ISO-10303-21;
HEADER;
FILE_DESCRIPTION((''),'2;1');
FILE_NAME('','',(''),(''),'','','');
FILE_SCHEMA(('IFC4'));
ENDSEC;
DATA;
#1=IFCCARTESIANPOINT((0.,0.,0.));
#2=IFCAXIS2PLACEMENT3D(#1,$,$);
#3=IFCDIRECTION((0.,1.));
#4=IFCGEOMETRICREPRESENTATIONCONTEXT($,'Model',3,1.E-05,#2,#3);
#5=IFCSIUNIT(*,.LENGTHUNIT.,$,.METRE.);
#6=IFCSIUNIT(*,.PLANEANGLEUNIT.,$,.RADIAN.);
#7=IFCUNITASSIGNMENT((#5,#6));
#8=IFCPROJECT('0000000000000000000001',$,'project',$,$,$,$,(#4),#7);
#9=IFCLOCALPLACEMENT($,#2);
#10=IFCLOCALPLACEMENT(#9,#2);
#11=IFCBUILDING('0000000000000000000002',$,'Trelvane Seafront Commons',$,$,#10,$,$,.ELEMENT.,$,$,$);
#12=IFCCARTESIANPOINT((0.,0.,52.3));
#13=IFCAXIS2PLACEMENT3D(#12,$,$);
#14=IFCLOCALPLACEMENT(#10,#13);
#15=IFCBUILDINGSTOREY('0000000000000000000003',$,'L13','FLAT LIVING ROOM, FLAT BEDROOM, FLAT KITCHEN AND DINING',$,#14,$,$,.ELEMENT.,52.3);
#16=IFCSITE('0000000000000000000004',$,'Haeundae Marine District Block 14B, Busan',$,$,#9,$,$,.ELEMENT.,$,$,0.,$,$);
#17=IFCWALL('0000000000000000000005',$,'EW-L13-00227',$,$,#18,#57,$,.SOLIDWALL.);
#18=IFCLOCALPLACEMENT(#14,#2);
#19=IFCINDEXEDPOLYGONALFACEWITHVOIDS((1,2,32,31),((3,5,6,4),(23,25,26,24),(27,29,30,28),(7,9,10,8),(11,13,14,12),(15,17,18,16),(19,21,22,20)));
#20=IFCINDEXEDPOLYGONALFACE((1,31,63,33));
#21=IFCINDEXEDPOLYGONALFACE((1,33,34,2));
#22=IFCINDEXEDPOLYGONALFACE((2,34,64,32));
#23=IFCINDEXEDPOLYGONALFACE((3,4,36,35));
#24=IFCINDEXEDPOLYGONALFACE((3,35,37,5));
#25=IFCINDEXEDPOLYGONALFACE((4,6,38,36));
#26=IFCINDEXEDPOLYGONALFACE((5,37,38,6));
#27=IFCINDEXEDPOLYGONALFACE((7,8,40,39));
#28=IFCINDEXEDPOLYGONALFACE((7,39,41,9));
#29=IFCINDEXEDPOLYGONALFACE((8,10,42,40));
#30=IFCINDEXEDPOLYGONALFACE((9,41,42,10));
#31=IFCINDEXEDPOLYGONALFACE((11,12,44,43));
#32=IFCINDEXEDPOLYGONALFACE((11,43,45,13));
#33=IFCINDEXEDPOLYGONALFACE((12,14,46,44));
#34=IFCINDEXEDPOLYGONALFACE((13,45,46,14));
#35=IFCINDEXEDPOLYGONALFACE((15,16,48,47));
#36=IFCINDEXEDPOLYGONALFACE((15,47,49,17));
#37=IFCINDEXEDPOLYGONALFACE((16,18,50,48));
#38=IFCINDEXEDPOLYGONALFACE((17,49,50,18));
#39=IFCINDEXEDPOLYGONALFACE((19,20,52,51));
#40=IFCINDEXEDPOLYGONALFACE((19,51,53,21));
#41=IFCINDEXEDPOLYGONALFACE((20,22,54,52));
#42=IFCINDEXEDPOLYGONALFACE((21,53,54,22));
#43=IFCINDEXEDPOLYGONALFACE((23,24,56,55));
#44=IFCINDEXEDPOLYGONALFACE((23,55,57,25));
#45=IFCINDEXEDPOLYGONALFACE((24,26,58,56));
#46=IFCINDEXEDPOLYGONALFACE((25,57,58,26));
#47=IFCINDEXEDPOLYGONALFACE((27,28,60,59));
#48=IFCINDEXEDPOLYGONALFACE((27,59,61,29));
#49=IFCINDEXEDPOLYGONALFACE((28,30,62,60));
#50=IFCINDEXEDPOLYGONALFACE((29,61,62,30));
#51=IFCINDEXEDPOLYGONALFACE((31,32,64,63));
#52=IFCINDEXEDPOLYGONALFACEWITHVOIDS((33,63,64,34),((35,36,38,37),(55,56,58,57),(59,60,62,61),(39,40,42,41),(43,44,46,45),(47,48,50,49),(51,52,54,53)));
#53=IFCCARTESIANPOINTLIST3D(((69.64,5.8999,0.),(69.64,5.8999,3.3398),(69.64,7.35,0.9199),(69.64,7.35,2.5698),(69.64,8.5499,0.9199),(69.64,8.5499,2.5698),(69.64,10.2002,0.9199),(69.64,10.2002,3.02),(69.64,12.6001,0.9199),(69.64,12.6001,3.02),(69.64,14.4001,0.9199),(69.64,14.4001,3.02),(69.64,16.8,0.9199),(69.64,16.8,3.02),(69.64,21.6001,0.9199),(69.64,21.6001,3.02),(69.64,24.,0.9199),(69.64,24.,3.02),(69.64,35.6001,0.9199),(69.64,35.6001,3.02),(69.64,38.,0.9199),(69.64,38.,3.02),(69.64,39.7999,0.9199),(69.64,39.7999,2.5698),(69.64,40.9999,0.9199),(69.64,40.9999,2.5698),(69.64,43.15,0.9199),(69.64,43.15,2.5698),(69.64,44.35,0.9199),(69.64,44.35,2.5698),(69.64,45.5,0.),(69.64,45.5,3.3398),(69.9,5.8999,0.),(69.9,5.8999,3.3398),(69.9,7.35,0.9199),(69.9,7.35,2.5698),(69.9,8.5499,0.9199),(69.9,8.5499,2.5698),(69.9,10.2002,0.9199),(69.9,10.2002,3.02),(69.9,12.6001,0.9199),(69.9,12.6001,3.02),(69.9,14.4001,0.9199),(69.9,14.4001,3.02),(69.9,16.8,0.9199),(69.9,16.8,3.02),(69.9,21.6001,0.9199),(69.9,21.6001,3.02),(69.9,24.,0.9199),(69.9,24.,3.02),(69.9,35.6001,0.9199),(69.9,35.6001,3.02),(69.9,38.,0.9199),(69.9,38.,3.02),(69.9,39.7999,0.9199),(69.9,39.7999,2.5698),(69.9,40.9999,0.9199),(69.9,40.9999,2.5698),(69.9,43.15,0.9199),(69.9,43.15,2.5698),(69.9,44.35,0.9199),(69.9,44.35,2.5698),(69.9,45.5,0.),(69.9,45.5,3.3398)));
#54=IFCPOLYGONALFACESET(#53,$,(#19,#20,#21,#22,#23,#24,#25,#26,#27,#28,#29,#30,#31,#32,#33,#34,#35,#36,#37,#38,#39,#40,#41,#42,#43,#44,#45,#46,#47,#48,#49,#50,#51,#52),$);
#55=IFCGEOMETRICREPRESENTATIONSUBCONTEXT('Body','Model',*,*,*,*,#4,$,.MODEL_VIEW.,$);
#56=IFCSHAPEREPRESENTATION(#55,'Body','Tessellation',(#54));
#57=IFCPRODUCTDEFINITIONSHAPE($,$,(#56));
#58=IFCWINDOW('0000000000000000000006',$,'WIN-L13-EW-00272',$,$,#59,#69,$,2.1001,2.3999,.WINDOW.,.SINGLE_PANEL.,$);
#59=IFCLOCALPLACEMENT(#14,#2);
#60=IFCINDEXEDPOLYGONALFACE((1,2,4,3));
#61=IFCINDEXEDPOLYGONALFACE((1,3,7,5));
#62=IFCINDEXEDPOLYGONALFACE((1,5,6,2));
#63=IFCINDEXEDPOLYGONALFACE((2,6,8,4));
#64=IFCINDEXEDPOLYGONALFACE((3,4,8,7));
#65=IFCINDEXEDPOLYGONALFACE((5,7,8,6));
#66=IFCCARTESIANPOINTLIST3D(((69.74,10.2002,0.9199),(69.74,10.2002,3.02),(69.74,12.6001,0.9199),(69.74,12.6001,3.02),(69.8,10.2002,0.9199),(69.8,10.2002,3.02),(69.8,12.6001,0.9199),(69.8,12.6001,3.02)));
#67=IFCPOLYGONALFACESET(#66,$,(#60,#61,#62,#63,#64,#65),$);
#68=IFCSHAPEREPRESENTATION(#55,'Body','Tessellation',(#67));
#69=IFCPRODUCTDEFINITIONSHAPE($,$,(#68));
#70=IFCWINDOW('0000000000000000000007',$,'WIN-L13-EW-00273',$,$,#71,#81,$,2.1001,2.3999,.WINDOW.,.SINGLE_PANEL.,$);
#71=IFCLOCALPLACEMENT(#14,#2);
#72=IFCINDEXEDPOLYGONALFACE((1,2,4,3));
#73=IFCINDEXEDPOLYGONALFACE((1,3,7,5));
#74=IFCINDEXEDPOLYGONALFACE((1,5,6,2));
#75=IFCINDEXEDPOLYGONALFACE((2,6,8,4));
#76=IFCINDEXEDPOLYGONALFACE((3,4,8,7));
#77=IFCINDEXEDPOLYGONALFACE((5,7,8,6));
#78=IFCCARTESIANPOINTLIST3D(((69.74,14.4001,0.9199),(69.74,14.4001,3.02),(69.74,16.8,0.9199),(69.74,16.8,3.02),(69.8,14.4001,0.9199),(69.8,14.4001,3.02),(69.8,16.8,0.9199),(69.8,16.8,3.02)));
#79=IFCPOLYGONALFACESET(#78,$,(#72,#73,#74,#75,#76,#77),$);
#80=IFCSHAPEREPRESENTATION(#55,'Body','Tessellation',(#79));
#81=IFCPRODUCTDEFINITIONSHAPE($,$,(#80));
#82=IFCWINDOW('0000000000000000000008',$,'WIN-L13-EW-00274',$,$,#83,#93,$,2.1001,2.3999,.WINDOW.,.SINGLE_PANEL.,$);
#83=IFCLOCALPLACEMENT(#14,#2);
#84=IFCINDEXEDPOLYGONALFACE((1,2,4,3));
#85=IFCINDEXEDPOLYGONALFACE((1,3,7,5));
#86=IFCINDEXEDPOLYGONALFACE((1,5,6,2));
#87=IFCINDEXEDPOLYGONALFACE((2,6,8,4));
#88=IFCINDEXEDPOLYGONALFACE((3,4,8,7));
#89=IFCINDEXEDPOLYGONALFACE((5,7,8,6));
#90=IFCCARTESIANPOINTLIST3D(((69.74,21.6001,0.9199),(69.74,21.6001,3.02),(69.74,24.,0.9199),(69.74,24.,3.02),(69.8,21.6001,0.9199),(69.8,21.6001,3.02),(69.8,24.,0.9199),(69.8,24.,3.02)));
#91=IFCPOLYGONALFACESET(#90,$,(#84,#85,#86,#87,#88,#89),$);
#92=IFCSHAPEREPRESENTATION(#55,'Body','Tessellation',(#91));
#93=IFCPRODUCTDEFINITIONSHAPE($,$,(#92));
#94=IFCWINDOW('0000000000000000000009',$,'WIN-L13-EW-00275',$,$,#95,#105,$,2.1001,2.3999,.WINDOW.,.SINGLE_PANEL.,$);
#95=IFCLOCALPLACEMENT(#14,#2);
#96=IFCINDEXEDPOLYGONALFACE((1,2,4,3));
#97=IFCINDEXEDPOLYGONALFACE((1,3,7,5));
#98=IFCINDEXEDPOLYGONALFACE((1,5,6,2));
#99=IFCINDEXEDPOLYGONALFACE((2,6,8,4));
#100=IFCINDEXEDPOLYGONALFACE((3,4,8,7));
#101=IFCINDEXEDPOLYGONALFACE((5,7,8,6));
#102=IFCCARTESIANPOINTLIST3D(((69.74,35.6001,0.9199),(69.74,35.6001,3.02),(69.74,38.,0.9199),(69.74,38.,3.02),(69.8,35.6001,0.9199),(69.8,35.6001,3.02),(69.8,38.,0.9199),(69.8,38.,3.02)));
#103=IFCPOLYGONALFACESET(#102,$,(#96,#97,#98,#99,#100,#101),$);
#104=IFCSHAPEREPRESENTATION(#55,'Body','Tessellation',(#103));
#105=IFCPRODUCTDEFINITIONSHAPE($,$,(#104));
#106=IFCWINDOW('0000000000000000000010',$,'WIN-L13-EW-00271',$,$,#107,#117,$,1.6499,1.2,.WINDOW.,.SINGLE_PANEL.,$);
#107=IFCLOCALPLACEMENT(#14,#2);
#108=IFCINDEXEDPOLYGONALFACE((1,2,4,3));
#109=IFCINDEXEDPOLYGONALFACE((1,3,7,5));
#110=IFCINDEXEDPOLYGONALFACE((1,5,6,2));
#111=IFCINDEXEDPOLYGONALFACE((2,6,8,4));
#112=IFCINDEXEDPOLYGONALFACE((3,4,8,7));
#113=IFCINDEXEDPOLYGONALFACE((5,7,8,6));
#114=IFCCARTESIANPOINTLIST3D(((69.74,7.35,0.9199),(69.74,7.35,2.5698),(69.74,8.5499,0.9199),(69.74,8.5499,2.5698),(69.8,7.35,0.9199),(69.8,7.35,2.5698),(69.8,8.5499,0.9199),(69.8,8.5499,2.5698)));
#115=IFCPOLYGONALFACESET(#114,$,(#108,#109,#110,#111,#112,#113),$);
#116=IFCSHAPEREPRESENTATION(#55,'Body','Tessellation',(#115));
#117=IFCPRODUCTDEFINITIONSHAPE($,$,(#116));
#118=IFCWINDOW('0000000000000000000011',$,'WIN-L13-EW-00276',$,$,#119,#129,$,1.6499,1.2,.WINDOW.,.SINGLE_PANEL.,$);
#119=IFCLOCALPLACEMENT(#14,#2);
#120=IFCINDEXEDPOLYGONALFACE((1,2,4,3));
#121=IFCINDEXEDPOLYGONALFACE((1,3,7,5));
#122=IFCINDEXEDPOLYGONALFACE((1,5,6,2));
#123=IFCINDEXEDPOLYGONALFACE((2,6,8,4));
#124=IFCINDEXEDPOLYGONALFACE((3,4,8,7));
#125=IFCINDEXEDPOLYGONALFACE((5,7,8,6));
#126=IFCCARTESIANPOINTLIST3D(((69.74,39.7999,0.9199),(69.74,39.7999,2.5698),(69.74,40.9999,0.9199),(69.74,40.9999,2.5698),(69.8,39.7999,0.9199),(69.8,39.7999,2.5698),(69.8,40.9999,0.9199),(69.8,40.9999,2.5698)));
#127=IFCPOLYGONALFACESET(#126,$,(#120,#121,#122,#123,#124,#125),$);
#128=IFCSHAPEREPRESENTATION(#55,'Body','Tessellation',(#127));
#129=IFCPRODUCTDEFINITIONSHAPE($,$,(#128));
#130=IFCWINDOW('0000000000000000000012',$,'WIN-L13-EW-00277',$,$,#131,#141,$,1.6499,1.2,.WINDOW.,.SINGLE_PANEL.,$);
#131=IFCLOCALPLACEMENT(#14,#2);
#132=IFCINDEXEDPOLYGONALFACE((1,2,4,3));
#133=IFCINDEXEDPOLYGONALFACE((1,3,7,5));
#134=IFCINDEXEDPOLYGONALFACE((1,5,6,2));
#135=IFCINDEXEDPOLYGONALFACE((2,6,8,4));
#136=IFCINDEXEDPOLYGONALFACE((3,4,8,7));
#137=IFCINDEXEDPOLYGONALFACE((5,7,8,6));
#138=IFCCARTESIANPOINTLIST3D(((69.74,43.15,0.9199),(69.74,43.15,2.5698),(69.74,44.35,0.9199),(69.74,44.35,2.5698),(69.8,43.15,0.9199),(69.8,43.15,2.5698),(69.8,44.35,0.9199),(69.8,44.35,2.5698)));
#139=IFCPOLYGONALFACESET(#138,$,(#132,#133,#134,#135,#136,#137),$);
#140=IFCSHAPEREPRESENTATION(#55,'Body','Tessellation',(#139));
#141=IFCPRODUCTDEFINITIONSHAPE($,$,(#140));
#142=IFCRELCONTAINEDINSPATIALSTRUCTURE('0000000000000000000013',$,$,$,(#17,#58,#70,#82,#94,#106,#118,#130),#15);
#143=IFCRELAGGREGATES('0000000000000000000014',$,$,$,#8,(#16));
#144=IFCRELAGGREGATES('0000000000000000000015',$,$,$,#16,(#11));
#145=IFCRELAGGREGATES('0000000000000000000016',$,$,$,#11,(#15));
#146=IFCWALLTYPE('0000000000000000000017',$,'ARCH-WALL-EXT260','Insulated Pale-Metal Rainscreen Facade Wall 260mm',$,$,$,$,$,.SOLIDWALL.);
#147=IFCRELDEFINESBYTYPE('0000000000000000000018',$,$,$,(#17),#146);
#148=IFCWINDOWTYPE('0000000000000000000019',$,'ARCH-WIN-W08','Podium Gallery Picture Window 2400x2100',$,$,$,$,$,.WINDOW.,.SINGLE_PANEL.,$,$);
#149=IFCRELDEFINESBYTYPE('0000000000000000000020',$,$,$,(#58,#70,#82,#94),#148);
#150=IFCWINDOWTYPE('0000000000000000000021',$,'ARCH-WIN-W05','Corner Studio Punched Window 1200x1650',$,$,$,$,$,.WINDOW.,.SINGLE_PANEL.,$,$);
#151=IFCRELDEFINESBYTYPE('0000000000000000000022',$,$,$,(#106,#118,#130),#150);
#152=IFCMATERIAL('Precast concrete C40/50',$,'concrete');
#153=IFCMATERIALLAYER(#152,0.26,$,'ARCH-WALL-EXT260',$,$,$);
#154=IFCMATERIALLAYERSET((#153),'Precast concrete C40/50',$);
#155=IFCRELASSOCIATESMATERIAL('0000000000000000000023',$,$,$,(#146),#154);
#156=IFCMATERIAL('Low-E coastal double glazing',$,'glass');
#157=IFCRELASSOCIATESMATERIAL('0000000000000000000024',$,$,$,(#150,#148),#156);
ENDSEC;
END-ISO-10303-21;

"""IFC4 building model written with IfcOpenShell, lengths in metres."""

from ifc_helpers import new_model, si_unit, direction, frame, frame_2d, origin, place, context, subcontext, project, spatial, rectangle, extrude, source, transform, mapped, material, layer, layer_set, type_object, element, fill, save


model = new_model("IFC4")

# Units and contexts
model_context = context("Model", 3, precision=1e-05, world=origin(), true_north=direction((0.0, 1.0)))
body_context = subcontext(model_context, "Body", "Model", "MODEL_VIEW")
ifc_project = project(units=[si_unit("LENGTHUNIT", "METRE"), si_unit("PLANEANGLEUNIT", "RADIAN")], contexts=[model_context])

# Site, building, storey
site_placement = place(None, origin())
site = spatial("IfcSite", under=ifc_project, at=site_placement, Name="Haeundae Marine District Block 14B, Busan", CompositionType="ELEMENT", RefElevation=0.0)
building_placement = place(site_placement, origin())
building = spatial("IfcBuilding", under=site, at=building_placement, Name="Trelvane Seafront Commons", CompositionType="ELEMENT")
storey_placement = place(building_placement, frame((0.0, 0.0, 52.3)))
storey = spatial("IfcBuildingStorey", under=building, at=storey_placement, Name="L13", Description="FLAT LIVING ROOM, FLAT BEDROOM, FLAT KITCHEN AND DINING", CompositionType="ELEMENT", Elevation=52.3)

# Shared definitions
ifc_material_1 = material(Name="Low-E coastal double glazing", Category="glass")

# Shared definitions
ifc_material_2 = material(Name="Precast concrete C40/50", Category="concrete")
ifc_layer_1 = layer(ifc_material_2, 0.26, Name="ARCH-WALL-EXT260")
ifc_layer_set_1 = layer_set([ifc_layer_1], Name="Precast concrete C40/50")
wall_type = type_object("IfcWallType", Name="ARCH-WALL-EXT260", Description="Insulated Pale-Metal Rainscreen Facade Wall 260mm", PredefinedType="SOLIDWALL", material=ifc_layer_set_1)
window_type_1 = type_object("IfcWindowType", Name="ARCH-WIN-W05", Description="Corner Studio Punched Window 1200x1650", PartitioningType="SINGLE_PANEL", PredefinedType="WINDOW", material=ifc_material_1)
shared_shape_1 = source(origin(), body_context, "Body", "SweptSolid", [
    extrude(rectangle(XDim=1.2, YDim=1.6499, at=frame_2d((0.6001, 0.825))), frame((0.0, 0.03, 0.0), z_axis=(0.0, -1.0, 0.0), x_axis=(1.0, 0.0, 0.0)), (0.0, 0.0, 1.0), 0.0601),
])

# Wall, openings, windows
wall_1_placement = place(storey_placement, frame((69.77, 45.5, 0.0), z_axis=(0.0, 0.0, 1.0), x_axis=(0.0, -1.0, 0.0)))
wall_1 = element("IfcWall", 1, at=wall_1_placement, inside=storey, type_object=wall_type, Name="EW-L13-00227", PredefinedType="SOLIDWALL", context=body_context, shape_type="SweptSolid", body=[
    extrude(rectangle(XDim=39.6001, YDim=0.26, at=frame_2d((19.8, 0.0))), origin(), (0.0, 0.0, 1.0), 3.3398),
])
opening_1_placement = place(wall_1_placement, frame((36.95, 0.0, 0.9199)))
opening_1 = element("IfcOpeningElement", 2, at=opening_1_placement, cuts=wall_1, PredefinedType="OPENING", context=body_context, shape_type="SweptSolid", body=[
    extrude(rectangle(XDim=1.2, YDim=1.6499, at=frame_2d((0.6001, 0.825))), frame((0.0, 0.1399, 0.0), z_axis=(0.0, -1.0, 0.0), x_axis=(1.0, 0.0, 0.0)), (0.0, 0.0, 1.0), 0.28),
])
opening_2_placement = place(wall_1_placement, frame((32.8999, 0.0, 0.9199)))
opening_2 = element("IfcOpeningElement", 3, at=opening_2_placement, cuts=wall_1, PredefinedType="OPENING", context=body_context, shape_type="SweptSolid", body=[
    extrude(rectangle(XDim=2.3999, YDim=2.1001, at=frame_2d((1.2, 1.05))), frame((0.0, 0.1399, 0.0), z_axis=(0.0, -1.0, 0.0), x_axis=(1.0, 0.0, 0.0)), (0.0, 0.0, 1.0), 0.28),
])
opening_3_placement = place(wall_1_placement, frame((28.7, 0.0, 0.9199)))
opening_3 = element("IfcOpeningElement", 4, at=opening_3_placement, cuts=wall_1, PredefinedType="OPENING", context=body_context, shape_type="SweptSolid", body=[
    extrude(rectangle(XDim=2.3999, YDim=2.1001, at=frame_2d((1.2, 1.05))), frame((0.0, 0.1399, 0.0), z_axis=(0.0, -1.0, 0.0), x_axis=(1.0, 0.0, 0.0)), (0.0, 0.0, 1.0), 0.28),
])
opening_4_placement = place(wall_1_placement, frame((21.5, 0.0, 0.9199)))
opening_4 = element("IfcOpeningElement", 5, at=opening_4_placement, cuts=wall_1, PredefinedType="OPENING", context=body_context, shape_type="SweptSolid", body=[
    extrude(rectangle(XDim=2.3999, YDim=2.1001, at=frame_2d((1.2, 1.05))), frame((0.0, 0.1399, 0.0), z_axis=(0.0, -1.0, 0.0), x_axis=(1.0, 0.0, 0.0)), (0.0, 0.0, 1.0), 0.28),
])
opening_5_placement = place(wall_1_placement, frame((7.5, 0.0, 0.9199)))
opening_5 = element("IfcOpeningElement", 6, at=opening_5_placement, cuts=wall_1, PredefinedType="OPENING", context=body_context, shape_type="SweptSolid", body=[
    extrude(rectangle(XDim=2.3999, YDim=2.1001, at=frame_2d((1.2, 1.05))), frame((0.0, 0.1399, 0.0), z_axis=(0.0, -1.0, 0.0), x_axis=(1.0, 0.0, 0.0)), (0.0, 0.0, 1.0), 0.28),
])
opening_6_placement = place(wall_1_placement, frame((4.5, 0.0, 0.9199)))
opening_6 = element("IfcOpeningElement", 7, at=opening_6_placement, cuts=wall_1, PredefinedType="OPENING", context=body_context, shape_type="SweptSolid", body=[
    extrude(rectangle(XDim=1.2, YDim=1.6499, at=frame_2d((0.6001, 0.825))), frame((0.0, 0.1399, 0.0), z_axis=(0.0, -1.0, 0.0), x_axis=(1.0, 0.0, 0.0)), (0.0, 0.0, 1.0), 0.28),
])
opening_7_placement = place(wall_1_placement, frame((1.1499, 0.0, 0.9199)))
opening_7 = element("IfcOpeningElement", 8, at=opening_7_placement, cuts=wall_1, PredefinedType="OPENING", context=body_context, shape_type="SweptSolid", body=[
    extrude(rectangle(XDim=1.2, YDim=1.6499, at=frame_2d((0.6001, 0.825))), frame((0.0, 0.1399, 0.0), z_axis=(0.0, -1.0, 0.0), x_axis=(1.0, 0.0, 0.0)), (0.0, 0.0, 1.0), 0.28),
])
window_type_2 = type_object("IfcWindowType", Name="ARCH-WIN-W08", Description="Podium Gallery Picture Window 2400x2100", PartitioningType="SINGLE_PANEL", PredefinedType="WINDOW", material=ifc_material_1)
shared_shape_2 = source(origin(), body_context, "Body", "SweptSolid", [
    extrude(rectangle(XDim=2.3999, YDim=2.1001, at=frame_2d((1.2, 1.05))), frame((0.0, 0.03, 0.0), z_axis=(0.0, -1.0, 0.0), x_axis=(1.0, 0.0, 0.0)), (0.0, 0.0, 1.0), 0.0601),
])
window_1_placement = place(opening_2_placement, origin())
window_1 = element("IfcWindow", 9, at=window_1_placement, inside=storey, type_object=window_type_2, Name="WIN-L13-EW-00272", OverallHeight=2.1001, OverallWidth=2.3999, PartitioningType="SINGLE_PANEL", PredefinedType="WINDOW", context=body_context, shape_type="MappedRepresentation", body=[
    mapped(shared_shape_2, transform((0.0, 0.0, 0.0), x_axis=(1.0, 0.0, 0.0), y_axis=(0.0, 1.0, 0.0), z_axis=(0.0, 0.0, 1.0), scale=1.0)),
])
fill(opening_2, window_1)
window_2_placement = place(opening_3_placement, origin())
window_2 = element("IfcWindow", 10, at=window_2_placement, inside=storey, type_object=window_type_2, Name="WIN-L13-EW-00273", OverallHeight=2.1001, OverallWidth=2.3999, PartitioningType="SINGLE_PANEL", PredefinedType="WINDOW", context=body_context, shape_type="MappedRepresentation", body=[
    mapped(shared_shape_2, transform((0.0, 0.0, 0.0), x_axis=(1.0, 0.0, 0.0), y_axis=(0.0, 1.0, 0.0), z_axis=(0.0, 0.0, 1.0), scale=1.0)),
])
fill(opening_3, window_2)
window_3_placement = place(opening_4_placement, origin())
window_3 = element("IfcWindow", 11, at=window_3_placement, inside=storey, type_object=window_type_2, Name="WIN-L13-EW-00274", OverallHeight=2.1001, OverallWidth=2.3999, PartitioningType="SINGLE_PANEL", PredefinedType="WINDOW", context=body_context, shape_type="MappedRepresentation", body=[
    mapped(shared_shape_2, transform((0.0, 0.0, 0.0), x_axis=(1.0, 0.0, 0.0), y_axis=(0.0, 1.0, 0.0), z_axis=(0.0, 0.0, 1.0), scale=1.0)),
])
fill(opening_4, window_3)
window_4_placement = place(opening_5_placement, origin())
window_4 = element("IfcWindow", 12, at=window_4_placement, inside=storey, type_object=window_type_2, Name="WIN-L13-EW-00275", OverallHeight=2.1001, OverallWidth=2.3999, PartitioningType="SINGLE_PANEL", PredefinedType="WINDOW", context=body_context, shape_type="MappedRepresentation", body=[
    mapped(shared_shape_2, transform((0.0, 0.0, 0.0), x_axis=(1.0, 0.0, 0.0), y_axis=(0.0, 1.0, 0.0), z_axis=(0.0, 0.0, 1.0), scale=1.0)),
])
fill(opening_5, window_4)
window_5_placement = place(opening_1_placement, origin())
window_5 = element("IfcWindow", 13, at=window_5_placement, inside=storey, type_object=window_type_1, Name="WIN-L13-EW-00271", OverallHeight=1.6499, OverallWidth=1.2, PartitioningType="SINGLE_PANEL", PredefinedType="WINDOW", context=body_context, shape_type="MappedRepresentation", body=[
    mapped(shared_shape_1, transform((0.0, 0.0, 0.0), x_axis=(1.0, 0.0, 0.0), y_axis=(0.0, 1.0, 0.0), z_axis=(0.0, 0.0, 1.0), scale=1.0)),
])
fill(opening_1, window_5)
window_6_placement = place(opening_6_placement, origin())
window_6 = element("IfcWindow", 14, at=window_6_placement, inside=storey, type_object=window_type_1, Name="WIN-L13-EW-00276", OverallHeight=1.6499, OverallWidth=1.2, PartitioningType="SINGLE_PANEL", PredefinedType="WINDOW", context=body_context, shape_type="MappedRepresentation", body=[
    mapped(shared_shape_1, transform((0.0, 0.0, 0.0), x_axis=(1.0, 0.0, 0.0), y_axis=(0.0, 1.0, 0.0), z_axis=(0.0, 0.0, 1.0), scale=1.0)),
])
fill(opening_6, window_6)
window_7_placement = place(opening_7_placement, origin())
window_7 = element("IfcWindow", 15, at=window_7_placement, inside=storey, type_object=window_type_1, Name="WIN-L13-EW-00277", OverallHeight=1.6499, OverallWidth=1.2, PartitioningType="SINGLE_PANEL", PredefinedType="WINDOW", context=body_context, shape_type="MappedRepresentation", body=[
    mapped(shared_shape_1, transform((0.0, 0.0, 0.0), x_axis=(1.0, 0.0, 0.0), y_axis=(0.0, 1.0, 0.0), z_axis=(0.0, 0.0, 1.0), scale=1.0)),
])
fill(opening_7, window_7)

save(model, "model.ifc")
